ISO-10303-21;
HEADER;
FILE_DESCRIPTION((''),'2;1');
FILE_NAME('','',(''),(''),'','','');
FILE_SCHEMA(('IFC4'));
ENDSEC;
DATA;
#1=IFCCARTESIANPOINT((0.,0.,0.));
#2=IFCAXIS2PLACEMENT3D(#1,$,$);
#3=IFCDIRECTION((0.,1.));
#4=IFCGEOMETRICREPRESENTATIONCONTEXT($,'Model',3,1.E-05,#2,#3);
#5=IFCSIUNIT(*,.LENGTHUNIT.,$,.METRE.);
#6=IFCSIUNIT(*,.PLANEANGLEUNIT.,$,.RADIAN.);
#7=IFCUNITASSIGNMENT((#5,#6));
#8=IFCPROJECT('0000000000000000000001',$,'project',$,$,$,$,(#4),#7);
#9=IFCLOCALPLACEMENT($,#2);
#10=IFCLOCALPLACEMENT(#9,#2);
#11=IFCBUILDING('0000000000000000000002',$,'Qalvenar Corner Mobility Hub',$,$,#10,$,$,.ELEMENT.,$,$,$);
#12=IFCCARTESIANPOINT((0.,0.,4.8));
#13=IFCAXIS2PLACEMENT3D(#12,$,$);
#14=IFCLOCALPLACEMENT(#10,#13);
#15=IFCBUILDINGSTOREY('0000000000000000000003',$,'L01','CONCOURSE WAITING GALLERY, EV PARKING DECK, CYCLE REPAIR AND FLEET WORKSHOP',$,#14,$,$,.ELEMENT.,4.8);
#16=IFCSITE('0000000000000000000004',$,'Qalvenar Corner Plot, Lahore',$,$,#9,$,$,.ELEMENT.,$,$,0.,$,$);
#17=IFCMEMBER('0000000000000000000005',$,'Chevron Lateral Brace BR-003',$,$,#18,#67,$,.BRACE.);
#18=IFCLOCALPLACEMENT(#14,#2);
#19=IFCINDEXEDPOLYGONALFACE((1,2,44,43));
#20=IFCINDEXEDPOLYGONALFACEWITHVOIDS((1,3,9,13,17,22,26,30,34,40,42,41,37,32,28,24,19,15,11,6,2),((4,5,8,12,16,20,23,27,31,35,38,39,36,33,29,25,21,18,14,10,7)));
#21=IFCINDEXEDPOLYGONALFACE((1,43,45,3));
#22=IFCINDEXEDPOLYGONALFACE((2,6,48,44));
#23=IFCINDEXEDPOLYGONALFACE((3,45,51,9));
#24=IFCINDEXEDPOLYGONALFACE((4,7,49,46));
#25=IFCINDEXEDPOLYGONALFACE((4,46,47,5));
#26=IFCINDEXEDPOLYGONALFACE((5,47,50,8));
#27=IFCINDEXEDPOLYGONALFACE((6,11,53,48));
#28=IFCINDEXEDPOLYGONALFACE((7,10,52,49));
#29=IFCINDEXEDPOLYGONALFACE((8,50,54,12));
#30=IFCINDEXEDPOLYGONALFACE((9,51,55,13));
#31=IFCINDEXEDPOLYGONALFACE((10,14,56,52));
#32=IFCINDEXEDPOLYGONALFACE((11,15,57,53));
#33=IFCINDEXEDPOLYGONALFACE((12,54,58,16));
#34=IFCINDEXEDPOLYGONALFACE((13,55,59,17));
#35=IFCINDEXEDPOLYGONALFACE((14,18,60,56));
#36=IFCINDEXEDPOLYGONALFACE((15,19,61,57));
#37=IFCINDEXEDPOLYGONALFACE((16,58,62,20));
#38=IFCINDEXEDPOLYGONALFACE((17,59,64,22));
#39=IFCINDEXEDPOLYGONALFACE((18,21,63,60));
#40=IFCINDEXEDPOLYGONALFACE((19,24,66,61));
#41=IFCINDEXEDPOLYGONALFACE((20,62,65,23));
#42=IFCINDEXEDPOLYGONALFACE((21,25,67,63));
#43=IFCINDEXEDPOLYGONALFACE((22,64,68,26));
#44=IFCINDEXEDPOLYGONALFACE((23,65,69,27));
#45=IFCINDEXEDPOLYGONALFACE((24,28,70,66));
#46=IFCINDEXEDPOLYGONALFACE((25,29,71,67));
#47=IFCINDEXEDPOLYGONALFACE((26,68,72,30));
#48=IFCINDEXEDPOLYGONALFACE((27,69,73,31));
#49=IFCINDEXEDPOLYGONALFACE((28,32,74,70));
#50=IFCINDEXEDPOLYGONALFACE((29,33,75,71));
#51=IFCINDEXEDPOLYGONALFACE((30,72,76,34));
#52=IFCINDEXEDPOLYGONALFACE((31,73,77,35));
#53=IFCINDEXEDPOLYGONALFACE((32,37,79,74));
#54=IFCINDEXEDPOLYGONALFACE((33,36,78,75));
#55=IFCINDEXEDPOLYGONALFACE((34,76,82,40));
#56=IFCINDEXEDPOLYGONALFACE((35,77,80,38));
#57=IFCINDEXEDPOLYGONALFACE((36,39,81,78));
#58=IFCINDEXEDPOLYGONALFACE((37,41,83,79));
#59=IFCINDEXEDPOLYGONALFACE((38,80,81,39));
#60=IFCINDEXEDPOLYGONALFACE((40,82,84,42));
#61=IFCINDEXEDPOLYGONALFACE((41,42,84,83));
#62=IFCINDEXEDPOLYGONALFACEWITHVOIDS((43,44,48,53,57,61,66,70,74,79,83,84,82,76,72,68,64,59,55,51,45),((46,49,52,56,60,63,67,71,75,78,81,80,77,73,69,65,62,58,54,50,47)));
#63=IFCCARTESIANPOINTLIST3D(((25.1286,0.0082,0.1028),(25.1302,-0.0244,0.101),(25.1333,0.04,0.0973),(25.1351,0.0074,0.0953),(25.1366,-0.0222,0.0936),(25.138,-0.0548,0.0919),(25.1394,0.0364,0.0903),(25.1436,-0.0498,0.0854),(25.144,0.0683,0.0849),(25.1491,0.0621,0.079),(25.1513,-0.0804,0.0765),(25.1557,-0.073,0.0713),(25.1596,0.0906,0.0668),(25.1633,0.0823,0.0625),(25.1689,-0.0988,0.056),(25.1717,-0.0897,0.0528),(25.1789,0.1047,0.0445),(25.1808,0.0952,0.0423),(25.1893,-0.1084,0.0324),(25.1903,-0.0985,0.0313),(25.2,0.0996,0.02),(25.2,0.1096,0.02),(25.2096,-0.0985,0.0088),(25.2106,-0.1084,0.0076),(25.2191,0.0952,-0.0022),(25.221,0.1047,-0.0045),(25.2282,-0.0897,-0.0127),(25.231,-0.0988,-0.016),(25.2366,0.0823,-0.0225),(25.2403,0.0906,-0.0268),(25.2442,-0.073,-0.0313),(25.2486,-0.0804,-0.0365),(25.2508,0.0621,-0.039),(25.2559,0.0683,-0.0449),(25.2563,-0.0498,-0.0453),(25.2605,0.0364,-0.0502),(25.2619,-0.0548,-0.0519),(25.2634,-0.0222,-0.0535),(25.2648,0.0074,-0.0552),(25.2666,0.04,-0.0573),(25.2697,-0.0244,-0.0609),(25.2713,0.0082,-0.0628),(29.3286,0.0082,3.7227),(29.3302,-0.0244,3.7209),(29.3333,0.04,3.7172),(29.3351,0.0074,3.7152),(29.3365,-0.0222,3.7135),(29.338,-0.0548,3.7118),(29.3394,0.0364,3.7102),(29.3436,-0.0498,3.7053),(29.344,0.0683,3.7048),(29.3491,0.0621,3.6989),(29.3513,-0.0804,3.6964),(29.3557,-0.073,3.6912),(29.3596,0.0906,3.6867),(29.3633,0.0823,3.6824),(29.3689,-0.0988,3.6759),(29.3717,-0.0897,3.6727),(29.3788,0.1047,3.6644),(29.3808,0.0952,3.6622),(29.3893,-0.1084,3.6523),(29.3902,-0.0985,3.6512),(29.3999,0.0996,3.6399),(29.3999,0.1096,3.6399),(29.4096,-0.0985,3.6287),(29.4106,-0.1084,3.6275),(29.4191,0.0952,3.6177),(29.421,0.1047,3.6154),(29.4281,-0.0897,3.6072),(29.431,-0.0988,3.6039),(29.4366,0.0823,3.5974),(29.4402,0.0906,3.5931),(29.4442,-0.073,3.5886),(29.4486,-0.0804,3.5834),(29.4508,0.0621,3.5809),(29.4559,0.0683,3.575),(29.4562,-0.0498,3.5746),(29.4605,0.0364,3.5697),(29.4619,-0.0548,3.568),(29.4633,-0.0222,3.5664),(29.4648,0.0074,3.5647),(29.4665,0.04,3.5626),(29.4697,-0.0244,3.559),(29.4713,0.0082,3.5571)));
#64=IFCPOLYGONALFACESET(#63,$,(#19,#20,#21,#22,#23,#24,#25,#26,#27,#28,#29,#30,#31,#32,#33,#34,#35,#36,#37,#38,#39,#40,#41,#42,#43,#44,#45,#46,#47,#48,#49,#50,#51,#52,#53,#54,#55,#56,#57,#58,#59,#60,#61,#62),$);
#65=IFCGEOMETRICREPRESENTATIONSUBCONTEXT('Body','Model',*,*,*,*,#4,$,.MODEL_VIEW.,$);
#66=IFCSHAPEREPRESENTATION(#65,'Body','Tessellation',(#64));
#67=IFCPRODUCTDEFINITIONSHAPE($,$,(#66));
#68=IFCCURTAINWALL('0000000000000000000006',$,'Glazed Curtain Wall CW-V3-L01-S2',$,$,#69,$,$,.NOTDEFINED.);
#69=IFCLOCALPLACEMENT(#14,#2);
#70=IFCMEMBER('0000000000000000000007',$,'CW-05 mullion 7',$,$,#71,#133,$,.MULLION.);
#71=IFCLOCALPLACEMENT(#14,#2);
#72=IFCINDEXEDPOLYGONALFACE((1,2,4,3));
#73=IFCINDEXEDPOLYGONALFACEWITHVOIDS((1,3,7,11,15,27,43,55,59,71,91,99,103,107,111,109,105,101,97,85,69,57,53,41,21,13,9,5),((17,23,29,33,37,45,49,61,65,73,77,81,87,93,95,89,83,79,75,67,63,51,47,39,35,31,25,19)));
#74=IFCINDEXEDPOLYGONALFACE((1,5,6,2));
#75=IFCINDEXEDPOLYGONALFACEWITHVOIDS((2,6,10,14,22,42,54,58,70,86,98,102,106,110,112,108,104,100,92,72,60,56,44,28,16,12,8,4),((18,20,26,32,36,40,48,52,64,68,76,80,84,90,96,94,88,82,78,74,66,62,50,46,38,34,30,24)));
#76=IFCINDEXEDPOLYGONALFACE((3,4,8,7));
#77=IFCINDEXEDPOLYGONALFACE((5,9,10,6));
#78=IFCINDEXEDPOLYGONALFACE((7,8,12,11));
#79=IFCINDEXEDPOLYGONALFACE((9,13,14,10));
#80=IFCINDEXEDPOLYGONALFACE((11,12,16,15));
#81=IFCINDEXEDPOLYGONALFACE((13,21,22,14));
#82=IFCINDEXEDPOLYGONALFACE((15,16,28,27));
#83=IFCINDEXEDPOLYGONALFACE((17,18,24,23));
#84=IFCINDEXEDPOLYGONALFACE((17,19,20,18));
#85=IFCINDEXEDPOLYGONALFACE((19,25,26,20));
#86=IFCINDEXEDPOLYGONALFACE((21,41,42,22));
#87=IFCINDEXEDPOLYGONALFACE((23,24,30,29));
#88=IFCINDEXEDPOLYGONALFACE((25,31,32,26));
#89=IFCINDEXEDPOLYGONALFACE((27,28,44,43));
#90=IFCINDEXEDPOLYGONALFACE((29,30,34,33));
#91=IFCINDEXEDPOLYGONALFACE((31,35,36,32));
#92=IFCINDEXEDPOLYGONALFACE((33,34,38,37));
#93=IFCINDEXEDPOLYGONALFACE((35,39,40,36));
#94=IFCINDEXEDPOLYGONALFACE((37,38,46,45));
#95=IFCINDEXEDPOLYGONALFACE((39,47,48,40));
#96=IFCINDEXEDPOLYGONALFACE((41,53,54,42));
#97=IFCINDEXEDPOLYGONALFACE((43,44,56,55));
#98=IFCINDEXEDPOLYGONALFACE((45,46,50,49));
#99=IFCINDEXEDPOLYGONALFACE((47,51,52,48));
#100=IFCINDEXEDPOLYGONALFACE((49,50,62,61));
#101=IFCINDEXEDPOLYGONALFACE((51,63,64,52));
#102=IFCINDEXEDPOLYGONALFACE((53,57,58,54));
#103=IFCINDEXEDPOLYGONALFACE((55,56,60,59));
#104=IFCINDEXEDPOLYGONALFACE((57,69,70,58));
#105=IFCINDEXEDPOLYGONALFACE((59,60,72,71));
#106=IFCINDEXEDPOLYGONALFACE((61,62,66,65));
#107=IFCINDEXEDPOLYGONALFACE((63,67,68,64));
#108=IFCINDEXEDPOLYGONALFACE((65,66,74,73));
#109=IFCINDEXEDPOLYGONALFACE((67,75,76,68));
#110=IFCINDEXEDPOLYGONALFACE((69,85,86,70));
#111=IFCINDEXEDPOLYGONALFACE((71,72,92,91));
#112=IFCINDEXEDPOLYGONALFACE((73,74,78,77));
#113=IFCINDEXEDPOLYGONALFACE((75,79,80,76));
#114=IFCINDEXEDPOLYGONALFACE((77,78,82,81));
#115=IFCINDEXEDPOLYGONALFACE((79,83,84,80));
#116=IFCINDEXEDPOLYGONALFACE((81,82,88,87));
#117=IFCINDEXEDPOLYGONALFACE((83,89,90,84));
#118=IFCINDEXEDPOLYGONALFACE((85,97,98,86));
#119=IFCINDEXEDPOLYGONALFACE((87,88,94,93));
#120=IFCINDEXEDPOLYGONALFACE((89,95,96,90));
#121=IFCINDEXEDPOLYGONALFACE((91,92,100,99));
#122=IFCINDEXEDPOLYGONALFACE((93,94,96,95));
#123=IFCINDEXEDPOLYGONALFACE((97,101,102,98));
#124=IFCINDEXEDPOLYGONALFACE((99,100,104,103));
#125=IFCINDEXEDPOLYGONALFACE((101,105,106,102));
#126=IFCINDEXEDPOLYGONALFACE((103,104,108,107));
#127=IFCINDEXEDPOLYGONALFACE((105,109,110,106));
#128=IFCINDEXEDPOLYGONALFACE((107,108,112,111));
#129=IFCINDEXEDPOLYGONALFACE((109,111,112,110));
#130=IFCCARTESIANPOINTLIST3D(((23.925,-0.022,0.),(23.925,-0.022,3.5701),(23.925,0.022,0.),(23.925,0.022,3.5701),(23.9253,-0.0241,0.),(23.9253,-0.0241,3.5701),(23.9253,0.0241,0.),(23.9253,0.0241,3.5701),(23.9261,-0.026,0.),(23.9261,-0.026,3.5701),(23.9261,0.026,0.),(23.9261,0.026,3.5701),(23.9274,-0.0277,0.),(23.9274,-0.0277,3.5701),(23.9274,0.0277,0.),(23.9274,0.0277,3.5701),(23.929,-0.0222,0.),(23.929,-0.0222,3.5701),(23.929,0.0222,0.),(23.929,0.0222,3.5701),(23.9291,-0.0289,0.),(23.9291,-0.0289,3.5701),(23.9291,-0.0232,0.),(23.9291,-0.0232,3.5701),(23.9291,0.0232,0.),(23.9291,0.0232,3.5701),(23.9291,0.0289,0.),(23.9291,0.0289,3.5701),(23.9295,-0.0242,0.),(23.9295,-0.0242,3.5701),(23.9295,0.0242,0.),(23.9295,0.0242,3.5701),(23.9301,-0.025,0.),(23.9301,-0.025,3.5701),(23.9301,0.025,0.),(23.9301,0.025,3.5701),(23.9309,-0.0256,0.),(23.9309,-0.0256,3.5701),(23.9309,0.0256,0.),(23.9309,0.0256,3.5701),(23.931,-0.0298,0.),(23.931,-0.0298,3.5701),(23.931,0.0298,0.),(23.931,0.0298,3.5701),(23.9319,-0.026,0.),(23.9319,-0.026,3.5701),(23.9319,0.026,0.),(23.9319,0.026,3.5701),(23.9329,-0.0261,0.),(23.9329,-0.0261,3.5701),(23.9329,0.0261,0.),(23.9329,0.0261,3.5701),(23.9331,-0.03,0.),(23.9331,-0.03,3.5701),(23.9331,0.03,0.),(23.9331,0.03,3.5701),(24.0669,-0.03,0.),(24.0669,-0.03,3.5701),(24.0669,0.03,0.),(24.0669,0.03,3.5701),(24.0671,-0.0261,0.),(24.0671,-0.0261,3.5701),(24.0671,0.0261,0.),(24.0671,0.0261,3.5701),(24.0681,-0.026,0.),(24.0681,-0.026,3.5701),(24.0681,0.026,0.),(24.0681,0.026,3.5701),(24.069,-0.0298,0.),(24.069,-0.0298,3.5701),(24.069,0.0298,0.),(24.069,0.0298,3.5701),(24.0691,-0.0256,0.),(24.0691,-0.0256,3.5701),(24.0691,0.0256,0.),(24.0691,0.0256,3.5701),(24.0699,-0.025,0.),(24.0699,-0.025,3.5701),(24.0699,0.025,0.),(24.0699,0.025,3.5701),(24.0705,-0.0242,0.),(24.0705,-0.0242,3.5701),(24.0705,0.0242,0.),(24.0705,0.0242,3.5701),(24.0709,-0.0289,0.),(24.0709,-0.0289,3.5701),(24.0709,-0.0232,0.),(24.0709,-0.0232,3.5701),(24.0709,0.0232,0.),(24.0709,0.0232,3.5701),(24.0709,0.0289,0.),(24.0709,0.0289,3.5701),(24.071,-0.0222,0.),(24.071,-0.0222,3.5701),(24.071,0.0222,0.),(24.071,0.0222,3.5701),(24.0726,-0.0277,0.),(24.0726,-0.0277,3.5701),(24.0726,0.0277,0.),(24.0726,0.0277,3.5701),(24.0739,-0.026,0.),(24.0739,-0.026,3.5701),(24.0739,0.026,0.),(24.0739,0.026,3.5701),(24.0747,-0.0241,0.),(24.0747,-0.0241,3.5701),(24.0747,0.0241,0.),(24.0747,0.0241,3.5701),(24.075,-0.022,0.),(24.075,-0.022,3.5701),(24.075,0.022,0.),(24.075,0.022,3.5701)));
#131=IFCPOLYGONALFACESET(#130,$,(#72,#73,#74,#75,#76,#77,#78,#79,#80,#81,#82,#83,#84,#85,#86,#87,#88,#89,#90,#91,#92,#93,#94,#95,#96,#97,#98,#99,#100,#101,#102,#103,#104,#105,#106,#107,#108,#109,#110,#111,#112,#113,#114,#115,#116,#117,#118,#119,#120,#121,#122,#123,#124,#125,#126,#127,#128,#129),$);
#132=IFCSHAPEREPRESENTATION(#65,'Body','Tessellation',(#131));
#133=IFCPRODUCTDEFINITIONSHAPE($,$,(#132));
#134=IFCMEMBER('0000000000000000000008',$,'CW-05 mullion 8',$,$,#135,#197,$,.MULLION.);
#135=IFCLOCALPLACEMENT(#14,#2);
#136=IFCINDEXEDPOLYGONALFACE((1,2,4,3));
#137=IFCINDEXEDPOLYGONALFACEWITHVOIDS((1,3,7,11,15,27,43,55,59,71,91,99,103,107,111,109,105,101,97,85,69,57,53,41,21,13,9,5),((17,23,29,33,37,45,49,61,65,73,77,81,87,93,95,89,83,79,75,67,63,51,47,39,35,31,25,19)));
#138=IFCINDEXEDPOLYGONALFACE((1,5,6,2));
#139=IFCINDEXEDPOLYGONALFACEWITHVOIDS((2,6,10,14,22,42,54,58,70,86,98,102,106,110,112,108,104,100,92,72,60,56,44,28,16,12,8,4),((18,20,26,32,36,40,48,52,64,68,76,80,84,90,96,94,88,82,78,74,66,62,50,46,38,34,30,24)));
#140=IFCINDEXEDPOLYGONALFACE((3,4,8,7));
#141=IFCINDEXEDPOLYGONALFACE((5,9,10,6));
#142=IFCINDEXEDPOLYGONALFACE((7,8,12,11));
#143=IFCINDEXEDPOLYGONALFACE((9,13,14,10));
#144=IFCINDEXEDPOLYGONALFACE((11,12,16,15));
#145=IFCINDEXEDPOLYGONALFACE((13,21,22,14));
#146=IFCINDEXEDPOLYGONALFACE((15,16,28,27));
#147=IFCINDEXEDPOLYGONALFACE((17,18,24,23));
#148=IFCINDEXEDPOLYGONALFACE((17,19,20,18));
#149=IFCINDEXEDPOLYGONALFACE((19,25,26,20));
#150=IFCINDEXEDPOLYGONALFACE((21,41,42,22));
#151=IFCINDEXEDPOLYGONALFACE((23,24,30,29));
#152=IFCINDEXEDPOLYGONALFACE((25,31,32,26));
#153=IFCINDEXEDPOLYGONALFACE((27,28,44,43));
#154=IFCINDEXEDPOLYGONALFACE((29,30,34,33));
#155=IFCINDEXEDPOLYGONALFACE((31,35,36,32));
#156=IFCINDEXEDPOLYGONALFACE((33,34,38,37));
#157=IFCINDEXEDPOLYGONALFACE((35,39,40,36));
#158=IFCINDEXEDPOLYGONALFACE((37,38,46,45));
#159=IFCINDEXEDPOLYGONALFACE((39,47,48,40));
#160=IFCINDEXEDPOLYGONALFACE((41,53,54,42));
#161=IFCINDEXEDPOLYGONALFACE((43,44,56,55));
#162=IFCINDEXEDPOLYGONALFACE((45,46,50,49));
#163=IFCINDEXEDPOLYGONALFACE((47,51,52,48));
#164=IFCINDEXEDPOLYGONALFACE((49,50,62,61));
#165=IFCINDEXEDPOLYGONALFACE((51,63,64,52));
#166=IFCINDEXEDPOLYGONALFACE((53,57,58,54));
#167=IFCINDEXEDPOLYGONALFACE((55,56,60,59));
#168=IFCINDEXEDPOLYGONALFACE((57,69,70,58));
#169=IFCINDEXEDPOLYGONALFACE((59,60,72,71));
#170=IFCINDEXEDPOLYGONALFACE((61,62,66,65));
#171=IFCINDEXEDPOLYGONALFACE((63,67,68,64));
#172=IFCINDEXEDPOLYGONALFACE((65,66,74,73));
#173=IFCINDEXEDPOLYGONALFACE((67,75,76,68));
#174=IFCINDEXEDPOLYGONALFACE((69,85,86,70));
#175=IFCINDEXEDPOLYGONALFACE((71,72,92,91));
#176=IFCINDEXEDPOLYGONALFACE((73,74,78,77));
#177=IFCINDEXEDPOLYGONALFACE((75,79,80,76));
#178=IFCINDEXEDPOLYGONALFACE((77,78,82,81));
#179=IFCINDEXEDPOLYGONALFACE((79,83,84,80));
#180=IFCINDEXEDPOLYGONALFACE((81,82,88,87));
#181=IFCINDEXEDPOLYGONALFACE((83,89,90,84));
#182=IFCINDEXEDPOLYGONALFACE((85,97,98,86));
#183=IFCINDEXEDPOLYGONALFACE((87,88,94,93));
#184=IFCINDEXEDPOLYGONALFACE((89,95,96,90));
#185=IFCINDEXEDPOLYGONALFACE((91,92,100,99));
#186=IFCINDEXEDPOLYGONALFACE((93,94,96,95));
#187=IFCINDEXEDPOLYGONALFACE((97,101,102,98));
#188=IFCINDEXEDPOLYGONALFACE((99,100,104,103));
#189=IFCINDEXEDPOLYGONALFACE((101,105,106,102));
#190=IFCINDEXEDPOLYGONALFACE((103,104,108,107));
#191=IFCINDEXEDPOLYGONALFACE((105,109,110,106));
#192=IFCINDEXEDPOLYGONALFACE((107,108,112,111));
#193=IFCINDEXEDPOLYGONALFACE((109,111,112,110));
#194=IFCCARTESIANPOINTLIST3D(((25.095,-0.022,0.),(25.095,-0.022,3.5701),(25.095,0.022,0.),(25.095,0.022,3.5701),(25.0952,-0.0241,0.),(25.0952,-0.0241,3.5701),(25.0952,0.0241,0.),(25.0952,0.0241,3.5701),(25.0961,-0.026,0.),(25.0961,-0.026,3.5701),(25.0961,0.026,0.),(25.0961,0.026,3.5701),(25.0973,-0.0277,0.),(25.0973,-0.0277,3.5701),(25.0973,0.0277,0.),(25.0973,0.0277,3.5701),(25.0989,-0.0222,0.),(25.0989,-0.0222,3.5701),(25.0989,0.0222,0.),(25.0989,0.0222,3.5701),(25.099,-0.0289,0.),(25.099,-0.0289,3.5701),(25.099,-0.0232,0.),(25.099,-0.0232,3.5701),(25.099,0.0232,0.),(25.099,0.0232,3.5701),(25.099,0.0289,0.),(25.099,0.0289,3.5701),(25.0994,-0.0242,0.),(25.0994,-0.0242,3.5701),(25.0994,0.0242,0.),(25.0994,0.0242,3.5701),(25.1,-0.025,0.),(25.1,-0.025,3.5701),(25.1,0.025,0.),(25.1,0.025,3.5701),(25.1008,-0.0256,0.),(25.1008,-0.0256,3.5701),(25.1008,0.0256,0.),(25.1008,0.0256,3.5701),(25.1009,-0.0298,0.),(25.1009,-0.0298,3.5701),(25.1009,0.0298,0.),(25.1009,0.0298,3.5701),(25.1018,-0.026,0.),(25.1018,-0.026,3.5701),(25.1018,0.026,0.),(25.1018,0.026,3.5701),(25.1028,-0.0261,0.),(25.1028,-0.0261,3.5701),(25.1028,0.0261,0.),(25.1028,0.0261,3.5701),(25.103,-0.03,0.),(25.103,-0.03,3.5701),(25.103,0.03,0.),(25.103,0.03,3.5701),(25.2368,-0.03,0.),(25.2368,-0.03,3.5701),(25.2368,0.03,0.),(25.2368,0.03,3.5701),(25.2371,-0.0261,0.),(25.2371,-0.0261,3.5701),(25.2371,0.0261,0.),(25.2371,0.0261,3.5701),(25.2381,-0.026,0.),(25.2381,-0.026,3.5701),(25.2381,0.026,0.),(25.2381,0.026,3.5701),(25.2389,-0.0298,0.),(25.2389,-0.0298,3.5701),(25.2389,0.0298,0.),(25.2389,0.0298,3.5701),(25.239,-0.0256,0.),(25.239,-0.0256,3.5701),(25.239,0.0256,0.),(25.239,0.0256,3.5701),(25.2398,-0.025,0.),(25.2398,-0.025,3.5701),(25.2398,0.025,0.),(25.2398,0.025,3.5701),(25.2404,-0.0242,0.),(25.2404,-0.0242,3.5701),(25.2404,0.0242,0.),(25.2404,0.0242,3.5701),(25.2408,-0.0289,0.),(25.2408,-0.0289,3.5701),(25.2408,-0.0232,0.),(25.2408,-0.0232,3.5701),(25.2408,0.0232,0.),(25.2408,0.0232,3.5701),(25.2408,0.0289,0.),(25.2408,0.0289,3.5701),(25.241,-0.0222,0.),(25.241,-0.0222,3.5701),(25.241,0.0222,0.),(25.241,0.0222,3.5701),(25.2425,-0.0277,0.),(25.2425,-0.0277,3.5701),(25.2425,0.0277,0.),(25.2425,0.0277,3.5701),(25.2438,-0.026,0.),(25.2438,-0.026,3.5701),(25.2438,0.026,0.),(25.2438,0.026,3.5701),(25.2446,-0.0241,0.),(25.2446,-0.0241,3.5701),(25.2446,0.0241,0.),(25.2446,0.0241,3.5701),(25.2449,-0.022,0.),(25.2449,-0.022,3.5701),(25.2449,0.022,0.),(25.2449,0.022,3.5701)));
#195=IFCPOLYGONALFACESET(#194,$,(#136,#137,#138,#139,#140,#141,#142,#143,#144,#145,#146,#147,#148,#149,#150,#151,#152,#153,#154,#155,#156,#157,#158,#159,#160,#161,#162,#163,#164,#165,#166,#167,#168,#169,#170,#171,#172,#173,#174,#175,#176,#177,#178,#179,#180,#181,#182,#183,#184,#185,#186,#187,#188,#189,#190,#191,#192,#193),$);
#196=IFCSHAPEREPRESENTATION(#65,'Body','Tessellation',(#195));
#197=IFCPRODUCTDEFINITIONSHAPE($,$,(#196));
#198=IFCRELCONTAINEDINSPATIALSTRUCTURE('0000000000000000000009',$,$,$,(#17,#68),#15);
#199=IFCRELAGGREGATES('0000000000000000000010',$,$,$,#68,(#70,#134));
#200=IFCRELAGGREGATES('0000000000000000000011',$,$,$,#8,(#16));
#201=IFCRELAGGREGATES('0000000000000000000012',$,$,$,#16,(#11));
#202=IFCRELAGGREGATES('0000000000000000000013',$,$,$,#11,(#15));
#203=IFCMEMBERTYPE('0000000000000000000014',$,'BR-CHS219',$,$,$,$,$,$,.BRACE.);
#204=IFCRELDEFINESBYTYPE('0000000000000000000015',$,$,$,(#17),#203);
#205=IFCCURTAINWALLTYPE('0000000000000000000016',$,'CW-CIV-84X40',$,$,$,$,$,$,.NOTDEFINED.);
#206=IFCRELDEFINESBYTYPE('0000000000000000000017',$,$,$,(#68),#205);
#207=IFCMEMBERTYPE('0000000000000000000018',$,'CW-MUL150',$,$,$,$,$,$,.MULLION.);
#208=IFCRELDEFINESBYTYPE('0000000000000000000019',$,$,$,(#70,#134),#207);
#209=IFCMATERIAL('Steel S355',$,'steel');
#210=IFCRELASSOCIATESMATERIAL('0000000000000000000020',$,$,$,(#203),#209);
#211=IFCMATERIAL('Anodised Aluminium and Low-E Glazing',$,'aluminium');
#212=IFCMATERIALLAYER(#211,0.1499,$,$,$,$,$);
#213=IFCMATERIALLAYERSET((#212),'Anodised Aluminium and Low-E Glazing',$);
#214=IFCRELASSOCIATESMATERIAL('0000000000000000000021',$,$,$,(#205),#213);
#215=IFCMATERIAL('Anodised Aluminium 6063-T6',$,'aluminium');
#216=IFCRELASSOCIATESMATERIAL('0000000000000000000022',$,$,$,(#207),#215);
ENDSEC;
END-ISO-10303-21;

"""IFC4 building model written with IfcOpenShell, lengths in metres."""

from ifc_helpers import new_model, si_unit, direction, frame, origin, origin_2d, place, context, subcontext, project, spatial, hollow_rectangle, hollow_circle, extrude, material, layer, layer_set, material_profile, profile_set, type_object, element, aggregate, save


model = new_model("IFC4")

# Units and contexts
model_context = context("Model", 3, precision=1e-05, world=origin(), true_north=direction((0.0, 1.0)))
body_context = subcontext(model_context, "Body", "Model", "MODEL_VIEW")
ifc_project = project(units=[si_unit("LENGTHUNIT", "METRE"), si_unit("PLANEANGLEUNIT", "RADIAN")], contexts=[model_context])

# Site, building, storey
site_placement = place(None, origin())
site = spatial("IfcSite", under=ifc_project, at=site_placement, Name="Qalvenar Corner Plot, Lahore", CompositionType="ELEMENT", RefElevation=0.0)
building_placement = place(site_placement, origin())
building = spatial("IfcBuilding", under=site, at=building_placement, Name="Qalvenar Corner Mobility Hub", CompositionType="ELEMENT")
storey_placement = place(building_placement, frame((0.0, 0.0, 4.8)))
storey = spatial("IfcBuildingStorey", under=building, at=storey_placement, Name="L01", Description="CONCOURSE WAITING GALLERY, EV PARKING DECK, CYCLE REPAIR AND FLEET WORKSHOP", CompositionType="ELEMENT", Elevation=4.8)

# Shared definitions
ifc_material_1 = material(Name="Steel S355", Category="steel")

# Member
ifc_material_profile_1 = material_profile(ifc_material_1, hollow_circle(Radius=0.1096, WallThickness=0.01, at=origin_2d()), Name="CHS219.1x10")
ifc_profile_set_1 = profile_set([ifc_material_profile_1], Name="Steel S355")
member_type_1 = type_object("IfcMemberType", Name="BR-CHS219", PredefinedType="BRACE", material=ifc_profile_set_1)
member_1_placement = place(storey_placement, frame((25.2, 0.0, 0.02), z_axis=(0.757479, 0.0, 0.652859), x_axis=(0.0, 1.0, 0.0)))
element("IfcMember", 1, at=member_1_placement, inside=storey, type_object=member_type_1, Name="Chevron Lateral Brace BR-003", PredefinedType="BRACE", context=body_context, shape_type="SweptSolid", body=[
    extrude(hollow_circle(Radius=0.1096, WallThickness=0.01, at=origin_2d()), origin(), (0.0, 0.0, 1.0), 5.5447),
])

# Curtain wall, members
ifc_material_2 = material(Name="Anodised Aluminium and Low-E Glazing", Category="aluminium")
ifc_layer_1 = layer(ifc_material_2, 0.1499)
ifc_layer_set_1 = layer_set([ifc_layer_1], Name="Anodised Aluminium and Low-E Glazing")
curtain_wall_type = type_object("IfcCurtainWallType", Name="CW-CIV-84X40", PredefinedType="NOTDEFINED", material=ifc_layer_set_1)
curtain_wall_placement = place(storey_placement, origin())
curtain_wall = element("IfcCurtainWall", 2, at=curtain_wall_placement, inside=storey, type_object=curtain_wall_type, Name="Glazed Curtain Wall CW-V3-L01-S2", PredefinedType="NOTDEFINED")
ifc_material_3 = material(Name="Anodised Aluminium 6063-T6", Category="aluminium")
ifc_material_profile_2 = material_profile(ifc_material_3, hollow_rectangle(XDim=0.0601, YDim=0.1499, WallThickness=0.0039, InnerFilletRadius=0.0039, OuterFilletRadius=0.0081, at=origin_2d()), Name="RHS150x60x4")
ifc_profile_set_2 = profile_set([ifc_material_profile_2], Name="Anodised Aluminium 6063-T6")
member_type_2 = type_object("IfcMemberType", Name="CW-MUL150", PredefinedType="MULLION", material=ifc_profile_set_2)
member_2_placement = place(storey_placement, frame((24.0, 0.0, 0.0), z_axis=(0.0, 0.0, 1.0), x_axis=(0.0, 1.0, 0.0)))
member_2 = element("IfcMember", 3, at=member_2_placement, type_object=member_type_2, Name="CW-05 mullion 7", PredefinedType="MULLION", context=body_context, shape_type="SweptSolid", body=[
    extrude(hollow_rectangle(XDim=0.0601, YDim=0.1499, WallThickness=0.0039, InnerFilletRadius=0.0039, OuterFilletRadius=0.0081, at=origin_2d()), origin(), (0.0, 0.0, 1.0), 3.5701),
])
member_3_placement = place(storey_placement, frame((25.1699, 0.0, 0.0), z_axis=(0.0, 0.0, 1.0), x_axis=(0.0, 1.0, 0.0)))
member_3 = element("IfcMember", 4, at=member_3_placement, type_object=member_type_2, Name="CW-05 mullion 8", PredefinedType="MULLION", context=body_context, shape_type="SweptSolid", body=[
    extrude(hollow_rectangle(XDim=0.0601, YDim=0.1499, WallThickness=0.0039, InnerFilletRadius=0.0039, OuterFilletRadius=0.0081, at=origin_2d()), origin(), (0.0, 0.0, 1.0), 3.5701),
])
aggregate(curtain_wall, [member_2, member_3])

save(model, "model.ifc")
